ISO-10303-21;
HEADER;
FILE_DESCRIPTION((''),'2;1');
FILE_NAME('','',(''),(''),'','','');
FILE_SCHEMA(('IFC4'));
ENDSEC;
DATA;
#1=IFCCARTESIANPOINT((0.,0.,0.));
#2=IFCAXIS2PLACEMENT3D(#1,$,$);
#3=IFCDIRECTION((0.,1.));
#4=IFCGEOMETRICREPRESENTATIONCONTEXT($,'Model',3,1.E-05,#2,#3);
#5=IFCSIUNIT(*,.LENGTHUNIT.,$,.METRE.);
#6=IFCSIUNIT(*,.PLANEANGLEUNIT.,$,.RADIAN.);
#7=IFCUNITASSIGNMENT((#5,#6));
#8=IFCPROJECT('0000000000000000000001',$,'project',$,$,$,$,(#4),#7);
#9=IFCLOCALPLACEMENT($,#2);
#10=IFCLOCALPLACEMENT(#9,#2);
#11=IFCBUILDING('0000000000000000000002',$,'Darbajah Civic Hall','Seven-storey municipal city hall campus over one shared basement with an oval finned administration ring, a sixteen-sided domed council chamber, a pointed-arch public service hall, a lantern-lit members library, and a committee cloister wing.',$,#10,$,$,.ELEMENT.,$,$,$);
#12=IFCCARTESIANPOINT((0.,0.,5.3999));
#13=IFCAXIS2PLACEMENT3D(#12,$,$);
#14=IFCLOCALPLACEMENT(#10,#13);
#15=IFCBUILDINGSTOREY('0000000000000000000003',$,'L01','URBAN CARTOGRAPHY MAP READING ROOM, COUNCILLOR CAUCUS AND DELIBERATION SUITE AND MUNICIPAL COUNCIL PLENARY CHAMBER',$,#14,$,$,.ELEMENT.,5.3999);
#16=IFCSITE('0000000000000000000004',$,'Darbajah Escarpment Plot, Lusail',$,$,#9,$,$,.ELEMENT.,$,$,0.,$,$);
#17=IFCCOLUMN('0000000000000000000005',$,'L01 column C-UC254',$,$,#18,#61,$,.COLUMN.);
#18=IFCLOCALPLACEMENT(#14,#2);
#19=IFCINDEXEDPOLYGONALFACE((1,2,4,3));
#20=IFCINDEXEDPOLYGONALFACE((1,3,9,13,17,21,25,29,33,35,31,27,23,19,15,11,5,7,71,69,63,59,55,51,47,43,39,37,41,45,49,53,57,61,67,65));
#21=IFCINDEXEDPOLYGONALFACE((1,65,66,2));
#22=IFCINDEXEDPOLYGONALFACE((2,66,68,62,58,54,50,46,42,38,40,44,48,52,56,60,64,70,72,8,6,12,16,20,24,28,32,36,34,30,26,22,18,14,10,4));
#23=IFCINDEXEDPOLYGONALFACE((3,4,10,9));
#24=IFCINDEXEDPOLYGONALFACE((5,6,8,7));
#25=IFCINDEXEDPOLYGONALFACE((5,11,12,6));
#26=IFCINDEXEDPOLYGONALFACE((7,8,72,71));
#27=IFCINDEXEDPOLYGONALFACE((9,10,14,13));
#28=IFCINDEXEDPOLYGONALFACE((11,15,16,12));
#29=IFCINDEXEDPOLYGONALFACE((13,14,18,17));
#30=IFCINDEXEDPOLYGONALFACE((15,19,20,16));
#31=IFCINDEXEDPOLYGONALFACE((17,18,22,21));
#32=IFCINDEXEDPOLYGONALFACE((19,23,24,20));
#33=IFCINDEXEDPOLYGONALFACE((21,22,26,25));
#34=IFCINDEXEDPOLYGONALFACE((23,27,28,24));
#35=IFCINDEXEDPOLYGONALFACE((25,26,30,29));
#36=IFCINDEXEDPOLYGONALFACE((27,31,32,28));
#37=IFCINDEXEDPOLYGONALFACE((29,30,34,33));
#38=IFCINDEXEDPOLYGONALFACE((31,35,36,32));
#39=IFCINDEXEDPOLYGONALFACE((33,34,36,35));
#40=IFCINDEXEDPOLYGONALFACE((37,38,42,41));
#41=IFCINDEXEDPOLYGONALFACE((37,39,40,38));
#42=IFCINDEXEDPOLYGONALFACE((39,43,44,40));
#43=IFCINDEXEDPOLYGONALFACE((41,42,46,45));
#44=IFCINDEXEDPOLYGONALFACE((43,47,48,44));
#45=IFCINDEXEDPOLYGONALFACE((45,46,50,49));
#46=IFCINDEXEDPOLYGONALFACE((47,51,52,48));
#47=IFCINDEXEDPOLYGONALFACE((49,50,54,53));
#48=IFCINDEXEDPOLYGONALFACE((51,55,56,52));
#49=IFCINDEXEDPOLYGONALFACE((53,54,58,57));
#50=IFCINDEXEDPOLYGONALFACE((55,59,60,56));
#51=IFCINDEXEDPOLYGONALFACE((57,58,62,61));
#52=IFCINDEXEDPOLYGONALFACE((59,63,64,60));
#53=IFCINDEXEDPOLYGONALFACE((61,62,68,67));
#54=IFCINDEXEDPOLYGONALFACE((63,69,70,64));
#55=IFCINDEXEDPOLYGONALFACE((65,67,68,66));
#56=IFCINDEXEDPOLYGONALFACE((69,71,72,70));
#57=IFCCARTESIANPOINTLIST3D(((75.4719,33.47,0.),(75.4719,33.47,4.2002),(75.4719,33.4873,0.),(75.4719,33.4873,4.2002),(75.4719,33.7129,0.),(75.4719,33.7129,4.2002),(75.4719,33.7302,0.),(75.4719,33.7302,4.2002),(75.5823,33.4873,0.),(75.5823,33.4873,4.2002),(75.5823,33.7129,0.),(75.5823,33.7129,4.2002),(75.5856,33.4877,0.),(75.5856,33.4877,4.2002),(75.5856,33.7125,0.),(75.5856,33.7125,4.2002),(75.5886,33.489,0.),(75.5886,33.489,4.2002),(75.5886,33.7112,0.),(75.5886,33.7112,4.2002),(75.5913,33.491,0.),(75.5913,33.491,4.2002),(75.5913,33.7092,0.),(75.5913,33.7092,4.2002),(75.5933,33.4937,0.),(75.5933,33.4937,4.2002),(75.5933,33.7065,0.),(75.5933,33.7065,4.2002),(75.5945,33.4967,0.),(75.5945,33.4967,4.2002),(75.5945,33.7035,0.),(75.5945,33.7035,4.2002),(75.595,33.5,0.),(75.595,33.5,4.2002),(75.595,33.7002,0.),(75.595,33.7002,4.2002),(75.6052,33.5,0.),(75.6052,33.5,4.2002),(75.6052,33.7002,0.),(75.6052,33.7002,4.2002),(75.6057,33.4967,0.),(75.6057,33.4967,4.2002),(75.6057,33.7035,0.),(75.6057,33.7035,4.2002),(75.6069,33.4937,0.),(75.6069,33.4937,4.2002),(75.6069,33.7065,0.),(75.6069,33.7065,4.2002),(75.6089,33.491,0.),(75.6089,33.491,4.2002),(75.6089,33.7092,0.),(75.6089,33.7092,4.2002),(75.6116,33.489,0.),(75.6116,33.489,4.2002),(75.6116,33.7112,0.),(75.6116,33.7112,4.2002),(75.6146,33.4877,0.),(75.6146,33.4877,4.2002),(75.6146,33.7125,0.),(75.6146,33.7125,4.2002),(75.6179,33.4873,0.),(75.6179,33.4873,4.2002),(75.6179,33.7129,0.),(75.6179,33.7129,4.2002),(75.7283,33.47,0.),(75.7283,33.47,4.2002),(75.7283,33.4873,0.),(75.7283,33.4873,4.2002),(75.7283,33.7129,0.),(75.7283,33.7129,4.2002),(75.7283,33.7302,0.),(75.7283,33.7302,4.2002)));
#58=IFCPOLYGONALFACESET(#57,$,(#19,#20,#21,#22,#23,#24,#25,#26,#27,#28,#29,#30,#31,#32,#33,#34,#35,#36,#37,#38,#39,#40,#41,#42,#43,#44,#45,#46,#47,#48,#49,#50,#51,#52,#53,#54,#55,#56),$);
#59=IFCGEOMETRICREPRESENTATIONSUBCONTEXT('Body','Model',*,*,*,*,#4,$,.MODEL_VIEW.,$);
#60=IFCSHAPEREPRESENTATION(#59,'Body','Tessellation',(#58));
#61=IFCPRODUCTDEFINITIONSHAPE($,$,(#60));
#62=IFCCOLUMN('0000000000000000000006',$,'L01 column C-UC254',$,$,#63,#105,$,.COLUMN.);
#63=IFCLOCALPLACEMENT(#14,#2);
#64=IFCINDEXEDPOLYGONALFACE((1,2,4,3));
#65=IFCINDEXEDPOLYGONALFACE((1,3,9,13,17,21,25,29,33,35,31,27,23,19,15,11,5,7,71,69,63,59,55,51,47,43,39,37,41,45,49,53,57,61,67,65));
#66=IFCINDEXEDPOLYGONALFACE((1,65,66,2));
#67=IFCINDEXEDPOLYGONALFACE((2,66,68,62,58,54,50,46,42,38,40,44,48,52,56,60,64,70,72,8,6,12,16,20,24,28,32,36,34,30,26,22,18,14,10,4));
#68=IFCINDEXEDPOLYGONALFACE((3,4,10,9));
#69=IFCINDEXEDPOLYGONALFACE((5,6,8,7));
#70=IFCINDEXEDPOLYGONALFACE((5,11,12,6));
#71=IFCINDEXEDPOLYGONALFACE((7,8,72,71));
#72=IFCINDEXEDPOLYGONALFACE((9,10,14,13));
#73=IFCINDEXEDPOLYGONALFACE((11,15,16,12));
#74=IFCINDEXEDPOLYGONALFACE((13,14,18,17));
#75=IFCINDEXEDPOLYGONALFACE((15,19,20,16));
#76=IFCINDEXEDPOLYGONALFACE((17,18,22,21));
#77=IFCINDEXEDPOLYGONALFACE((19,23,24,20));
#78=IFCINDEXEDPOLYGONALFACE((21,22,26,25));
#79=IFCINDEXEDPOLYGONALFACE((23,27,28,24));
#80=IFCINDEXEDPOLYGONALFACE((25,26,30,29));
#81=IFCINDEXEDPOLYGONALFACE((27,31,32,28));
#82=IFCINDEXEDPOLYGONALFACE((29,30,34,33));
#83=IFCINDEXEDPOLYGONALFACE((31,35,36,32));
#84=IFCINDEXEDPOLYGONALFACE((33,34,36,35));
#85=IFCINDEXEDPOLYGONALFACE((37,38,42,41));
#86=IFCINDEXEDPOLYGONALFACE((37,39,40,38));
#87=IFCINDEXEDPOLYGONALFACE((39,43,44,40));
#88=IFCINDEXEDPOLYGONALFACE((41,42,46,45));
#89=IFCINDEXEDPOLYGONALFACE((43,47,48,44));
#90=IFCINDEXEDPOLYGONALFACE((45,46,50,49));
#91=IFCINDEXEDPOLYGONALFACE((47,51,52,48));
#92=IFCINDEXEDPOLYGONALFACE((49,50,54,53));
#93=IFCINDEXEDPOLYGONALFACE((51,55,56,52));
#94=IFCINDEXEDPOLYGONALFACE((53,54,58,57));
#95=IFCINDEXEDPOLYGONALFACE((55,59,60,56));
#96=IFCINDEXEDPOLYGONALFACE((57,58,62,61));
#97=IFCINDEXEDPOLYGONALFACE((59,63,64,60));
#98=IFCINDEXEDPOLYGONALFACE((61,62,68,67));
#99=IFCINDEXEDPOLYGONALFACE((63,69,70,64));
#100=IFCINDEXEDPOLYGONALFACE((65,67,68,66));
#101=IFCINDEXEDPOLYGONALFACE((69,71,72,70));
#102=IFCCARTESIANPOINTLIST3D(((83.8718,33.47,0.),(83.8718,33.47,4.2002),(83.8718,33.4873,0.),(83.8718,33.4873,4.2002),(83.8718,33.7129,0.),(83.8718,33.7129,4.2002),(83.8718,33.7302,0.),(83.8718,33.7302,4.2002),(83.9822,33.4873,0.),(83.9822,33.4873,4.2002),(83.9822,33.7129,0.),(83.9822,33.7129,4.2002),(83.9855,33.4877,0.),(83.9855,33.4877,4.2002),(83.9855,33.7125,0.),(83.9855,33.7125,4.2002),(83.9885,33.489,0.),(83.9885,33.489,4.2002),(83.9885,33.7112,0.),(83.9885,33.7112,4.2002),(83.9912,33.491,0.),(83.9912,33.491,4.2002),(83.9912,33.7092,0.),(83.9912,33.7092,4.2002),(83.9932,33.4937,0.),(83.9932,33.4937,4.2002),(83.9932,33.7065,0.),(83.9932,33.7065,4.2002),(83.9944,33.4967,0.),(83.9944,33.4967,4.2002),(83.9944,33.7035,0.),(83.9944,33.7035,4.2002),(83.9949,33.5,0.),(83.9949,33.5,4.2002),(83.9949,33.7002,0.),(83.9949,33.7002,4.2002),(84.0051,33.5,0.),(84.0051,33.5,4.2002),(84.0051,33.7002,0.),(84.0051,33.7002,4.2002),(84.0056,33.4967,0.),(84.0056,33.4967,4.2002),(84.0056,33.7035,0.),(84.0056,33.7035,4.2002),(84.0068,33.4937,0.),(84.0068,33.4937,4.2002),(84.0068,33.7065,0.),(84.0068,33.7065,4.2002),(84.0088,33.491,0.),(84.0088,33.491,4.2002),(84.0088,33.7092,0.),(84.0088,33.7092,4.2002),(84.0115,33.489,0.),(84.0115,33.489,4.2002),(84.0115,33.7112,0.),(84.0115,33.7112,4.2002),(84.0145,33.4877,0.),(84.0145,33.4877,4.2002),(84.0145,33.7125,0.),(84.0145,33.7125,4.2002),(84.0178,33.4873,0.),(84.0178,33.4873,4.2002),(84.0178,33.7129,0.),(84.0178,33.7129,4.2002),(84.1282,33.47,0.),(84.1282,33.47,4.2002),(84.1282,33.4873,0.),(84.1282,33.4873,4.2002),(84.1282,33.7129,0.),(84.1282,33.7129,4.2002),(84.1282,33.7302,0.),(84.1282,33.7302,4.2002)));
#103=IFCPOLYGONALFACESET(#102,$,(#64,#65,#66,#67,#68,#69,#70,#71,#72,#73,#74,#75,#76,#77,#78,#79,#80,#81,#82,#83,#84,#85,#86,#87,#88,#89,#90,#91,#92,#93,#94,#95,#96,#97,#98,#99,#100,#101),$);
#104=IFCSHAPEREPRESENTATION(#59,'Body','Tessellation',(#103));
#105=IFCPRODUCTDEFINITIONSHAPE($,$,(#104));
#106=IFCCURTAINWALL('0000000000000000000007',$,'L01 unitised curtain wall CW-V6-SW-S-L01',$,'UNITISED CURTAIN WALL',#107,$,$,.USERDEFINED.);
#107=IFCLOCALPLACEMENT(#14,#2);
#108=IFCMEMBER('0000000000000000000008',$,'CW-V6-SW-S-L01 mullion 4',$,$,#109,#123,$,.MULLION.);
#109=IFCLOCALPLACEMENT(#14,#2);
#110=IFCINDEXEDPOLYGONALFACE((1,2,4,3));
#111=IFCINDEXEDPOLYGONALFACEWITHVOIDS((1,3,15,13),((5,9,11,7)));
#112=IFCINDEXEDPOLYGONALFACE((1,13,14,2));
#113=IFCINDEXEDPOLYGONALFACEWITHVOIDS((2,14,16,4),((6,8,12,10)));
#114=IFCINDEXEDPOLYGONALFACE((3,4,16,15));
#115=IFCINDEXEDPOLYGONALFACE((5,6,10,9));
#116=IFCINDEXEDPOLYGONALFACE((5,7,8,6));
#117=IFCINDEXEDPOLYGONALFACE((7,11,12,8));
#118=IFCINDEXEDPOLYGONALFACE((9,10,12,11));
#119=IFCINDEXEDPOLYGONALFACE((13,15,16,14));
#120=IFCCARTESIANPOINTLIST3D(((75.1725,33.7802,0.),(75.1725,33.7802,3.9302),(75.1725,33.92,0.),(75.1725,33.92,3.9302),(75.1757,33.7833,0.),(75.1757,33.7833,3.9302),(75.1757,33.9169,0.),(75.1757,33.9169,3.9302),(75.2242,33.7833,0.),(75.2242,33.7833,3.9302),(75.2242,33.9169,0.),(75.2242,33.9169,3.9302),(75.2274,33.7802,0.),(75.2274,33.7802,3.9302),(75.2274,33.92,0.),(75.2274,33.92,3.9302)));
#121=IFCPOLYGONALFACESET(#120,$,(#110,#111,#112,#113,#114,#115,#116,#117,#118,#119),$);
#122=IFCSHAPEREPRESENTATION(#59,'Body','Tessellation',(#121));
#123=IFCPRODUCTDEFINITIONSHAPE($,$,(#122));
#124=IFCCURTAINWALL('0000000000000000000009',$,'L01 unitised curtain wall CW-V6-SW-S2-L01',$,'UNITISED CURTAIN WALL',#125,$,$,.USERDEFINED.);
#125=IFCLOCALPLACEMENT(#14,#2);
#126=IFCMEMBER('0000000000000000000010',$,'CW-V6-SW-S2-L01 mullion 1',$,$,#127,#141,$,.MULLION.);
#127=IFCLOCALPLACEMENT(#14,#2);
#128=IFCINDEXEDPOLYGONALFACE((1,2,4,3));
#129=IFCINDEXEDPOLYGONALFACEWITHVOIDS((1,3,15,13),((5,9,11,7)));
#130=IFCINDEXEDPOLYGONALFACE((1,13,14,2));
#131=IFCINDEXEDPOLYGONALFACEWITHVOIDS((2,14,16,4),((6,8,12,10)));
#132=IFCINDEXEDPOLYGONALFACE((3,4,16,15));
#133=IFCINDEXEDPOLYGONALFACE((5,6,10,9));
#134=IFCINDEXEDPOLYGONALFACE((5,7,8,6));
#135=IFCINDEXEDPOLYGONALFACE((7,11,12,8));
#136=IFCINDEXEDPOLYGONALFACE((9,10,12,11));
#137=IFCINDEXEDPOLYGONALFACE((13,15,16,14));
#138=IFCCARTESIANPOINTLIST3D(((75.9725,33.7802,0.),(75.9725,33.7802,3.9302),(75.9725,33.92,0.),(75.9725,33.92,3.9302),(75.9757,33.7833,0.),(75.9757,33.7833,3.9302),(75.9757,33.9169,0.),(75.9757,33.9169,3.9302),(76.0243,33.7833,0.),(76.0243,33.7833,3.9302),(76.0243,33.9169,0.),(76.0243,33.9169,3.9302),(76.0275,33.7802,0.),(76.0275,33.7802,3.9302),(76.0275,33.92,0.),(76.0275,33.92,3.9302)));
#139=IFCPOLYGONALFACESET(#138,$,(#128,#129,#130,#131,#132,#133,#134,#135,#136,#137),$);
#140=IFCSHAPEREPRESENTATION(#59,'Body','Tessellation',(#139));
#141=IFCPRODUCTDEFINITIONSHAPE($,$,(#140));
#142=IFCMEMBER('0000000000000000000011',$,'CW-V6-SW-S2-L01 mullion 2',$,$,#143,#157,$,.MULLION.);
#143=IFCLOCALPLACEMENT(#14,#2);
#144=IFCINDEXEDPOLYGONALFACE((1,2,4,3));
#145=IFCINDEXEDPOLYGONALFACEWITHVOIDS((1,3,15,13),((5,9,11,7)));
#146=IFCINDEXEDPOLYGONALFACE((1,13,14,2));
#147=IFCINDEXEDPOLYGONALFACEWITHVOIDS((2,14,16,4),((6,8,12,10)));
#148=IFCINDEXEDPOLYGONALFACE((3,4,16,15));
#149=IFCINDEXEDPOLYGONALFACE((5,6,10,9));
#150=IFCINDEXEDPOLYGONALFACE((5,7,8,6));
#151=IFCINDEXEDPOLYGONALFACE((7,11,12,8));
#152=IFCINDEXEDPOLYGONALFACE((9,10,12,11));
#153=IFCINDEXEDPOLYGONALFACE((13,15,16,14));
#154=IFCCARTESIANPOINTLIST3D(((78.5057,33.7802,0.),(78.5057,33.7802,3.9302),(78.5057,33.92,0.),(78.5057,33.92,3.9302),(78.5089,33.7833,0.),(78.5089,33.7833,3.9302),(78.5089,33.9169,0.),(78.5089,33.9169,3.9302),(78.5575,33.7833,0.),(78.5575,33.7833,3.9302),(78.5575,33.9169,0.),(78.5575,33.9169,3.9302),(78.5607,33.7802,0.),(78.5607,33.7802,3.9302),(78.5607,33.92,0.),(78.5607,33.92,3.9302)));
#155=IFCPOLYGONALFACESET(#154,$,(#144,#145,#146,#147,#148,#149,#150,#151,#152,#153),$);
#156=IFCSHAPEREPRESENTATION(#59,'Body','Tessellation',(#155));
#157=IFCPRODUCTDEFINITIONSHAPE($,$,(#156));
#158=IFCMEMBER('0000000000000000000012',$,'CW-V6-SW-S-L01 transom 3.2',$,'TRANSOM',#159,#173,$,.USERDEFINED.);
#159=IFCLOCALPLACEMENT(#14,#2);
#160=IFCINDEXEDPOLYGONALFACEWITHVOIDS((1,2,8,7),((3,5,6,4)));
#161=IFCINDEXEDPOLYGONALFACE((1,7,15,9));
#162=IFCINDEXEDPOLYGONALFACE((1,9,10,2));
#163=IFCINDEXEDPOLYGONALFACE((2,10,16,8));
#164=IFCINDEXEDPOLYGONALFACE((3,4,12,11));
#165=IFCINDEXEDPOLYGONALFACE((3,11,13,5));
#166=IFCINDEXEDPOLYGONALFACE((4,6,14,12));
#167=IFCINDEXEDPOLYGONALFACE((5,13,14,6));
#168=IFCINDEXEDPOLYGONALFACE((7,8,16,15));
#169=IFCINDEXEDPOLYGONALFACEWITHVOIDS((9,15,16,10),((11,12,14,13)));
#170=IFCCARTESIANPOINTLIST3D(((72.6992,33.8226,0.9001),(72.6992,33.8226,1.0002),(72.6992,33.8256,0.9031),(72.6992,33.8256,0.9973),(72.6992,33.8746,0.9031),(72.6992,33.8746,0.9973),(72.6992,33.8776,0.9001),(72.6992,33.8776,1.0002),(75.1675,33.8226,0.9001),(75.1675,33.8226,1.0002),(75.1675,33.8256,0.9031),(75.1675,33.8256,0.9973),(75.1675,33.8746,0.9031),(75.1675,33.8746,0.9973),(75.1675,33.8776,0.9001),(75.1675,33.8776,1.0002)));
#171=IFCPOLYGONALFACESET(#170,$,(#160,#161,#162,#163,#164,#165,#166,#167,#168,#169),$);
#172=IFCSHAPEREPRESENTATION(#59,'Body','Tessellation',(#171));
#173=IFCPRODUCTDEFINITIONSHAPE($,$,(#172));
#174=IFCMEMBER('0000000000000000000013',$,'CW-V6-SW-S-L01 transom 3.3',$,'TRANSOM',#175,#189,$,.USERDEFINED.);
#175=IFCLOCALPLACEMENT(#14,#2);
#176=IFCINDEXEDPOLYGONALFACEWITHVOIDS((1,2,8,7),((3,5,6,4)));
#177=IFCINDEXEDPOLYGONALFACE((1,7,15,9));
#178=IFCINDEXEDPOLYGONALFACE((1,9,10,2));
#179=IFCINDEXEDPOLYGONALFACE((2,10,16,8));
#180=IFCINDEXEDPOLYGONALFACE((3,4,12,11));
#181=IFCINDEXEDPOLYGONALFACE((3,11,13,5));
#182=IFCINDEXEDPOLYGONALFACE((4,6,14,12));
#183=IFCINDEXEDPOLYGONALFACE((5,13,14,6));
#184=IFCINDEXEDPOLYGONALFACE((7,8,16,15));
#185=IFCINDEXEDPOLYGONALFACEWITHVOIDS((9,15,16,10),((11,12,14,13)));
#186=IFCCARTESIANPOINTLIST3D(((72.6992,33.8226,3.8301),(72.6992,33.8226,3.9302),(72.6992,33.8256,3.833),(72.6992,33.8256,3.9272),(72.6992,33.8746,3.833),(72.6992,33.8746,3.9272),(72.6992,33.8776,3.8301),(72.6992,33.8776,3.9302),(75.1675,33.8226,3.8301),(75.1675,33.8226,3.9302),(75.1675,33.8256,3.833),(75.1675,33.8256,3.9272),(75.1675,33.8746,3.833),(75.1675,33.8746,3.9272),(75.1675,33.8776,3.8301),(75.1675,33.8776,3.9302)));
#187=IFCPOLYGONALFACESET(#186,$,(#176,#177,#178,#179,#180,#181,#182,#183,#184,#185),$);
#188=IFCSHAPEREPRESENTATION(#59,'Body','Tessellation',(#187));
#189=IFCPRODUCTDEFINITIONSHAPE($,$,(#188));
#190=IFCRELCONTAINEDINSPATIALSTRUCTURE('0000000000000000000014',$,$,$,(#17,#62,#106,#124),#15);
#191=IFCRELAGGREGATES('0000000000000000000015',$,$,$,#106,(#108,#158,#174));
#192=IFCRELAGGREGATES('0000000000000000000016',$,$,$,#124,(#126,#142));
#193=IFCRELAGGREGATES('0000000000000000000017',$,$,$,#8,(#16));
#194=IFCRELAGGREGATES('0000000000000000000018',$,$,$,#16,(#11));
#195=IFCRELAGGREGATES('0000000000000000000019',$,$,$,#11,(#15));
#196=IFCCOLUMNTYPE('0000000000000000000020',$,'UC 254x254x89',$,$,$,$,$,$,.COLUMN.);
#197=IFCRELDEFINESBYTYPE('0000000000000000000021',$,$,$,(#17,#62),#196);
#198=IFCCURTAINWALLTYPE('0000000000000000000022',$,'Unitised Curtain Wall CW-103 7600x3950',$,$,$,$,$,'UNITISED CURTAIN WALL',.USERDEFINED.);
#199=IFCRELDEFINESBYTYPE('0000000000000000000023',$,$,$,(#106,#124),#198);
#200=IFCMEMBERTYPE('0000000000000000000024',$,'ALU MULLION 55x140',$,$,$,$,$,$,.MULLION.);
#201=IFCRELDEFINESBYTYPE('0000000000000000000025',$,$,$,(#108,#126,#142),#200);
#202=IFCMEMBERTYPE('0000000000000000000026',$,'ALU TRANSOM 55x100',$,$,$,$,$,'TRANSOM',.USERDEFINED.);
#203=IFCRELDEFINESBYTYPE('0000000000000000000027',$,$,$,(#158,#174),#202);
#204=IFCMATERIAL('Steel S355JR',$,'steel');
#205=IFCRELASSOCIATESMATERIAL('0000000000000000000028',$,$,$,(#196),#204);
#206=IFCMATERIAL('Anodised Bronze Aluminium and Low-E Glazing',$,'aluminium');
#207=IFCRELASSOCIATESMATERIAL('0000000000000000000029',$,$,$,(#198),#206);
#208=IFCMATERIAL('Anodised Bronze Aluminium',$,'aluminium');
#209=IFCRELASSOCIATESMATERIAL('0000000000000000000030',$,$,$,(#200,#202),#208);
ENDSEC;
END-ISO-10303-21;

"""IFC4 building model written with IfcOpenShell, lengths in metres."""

from ifc_helpers import new_model, si_unit, direction, frame, origin, origin_2d, place, context, subcontext, project, spatial, hollow_rectangle, i_section, extrude, material, material_profile, profile_set, type_object, element, aggregate, save


model = new_model("IFC4")

# Units and contexts
model_context = context("Model", 3, precision=1e-05, world=origin(), true_north=direction((0.0, 1.0)))
body_context = subcontext(model_context, "Body", "Model", "MODEL_VIEW")
ifc_project = project(units=[si_unit("LENGTHUNIT", "METRE"), si_unit("PLANEANGLEUNIT", "RADIAN")], contexts=[model_context])

# Site, building, storey
site_placement = place(None, origin())
site = spatial("IfcSite", under=ifc_project, at=site_placement, Name="Darbajah Escarpment Plot, Lusail", CompositionType="ELEMENT", RefElevation=0.0)
building_placement = place(site_placement, origin())
building = spatial("IfcBuilding", under=site, at=building_placement, Name="Darbajah Civic Hall", Description="Seven-storey municipal city hall campus over one shared basement with an oval finned administration ring, a sixteen-sided domed council chamber, a pointed-arch public service hall, a lantern-lit members library, and a committee cloister wing.", CompositionType="ELEMENT")
storey_placement = place(building_placement, frame((0.0, 0.0, 5.3999)))
storey = spatial("IfcBuildingStorey", under=building, at=storey_placement, Name="L01", Description="URBAN CARTOGRAPHY MAP READING ROOM, COUNCILLOR CAUCUS AND DELIBERATION SUITE AND MUNICIPAL COUNCIL PLENARY CHAMBER", CompositionType="ELEMENT", Elevation=5.3999)

# Columns
ifc_material_1 = material(Name="Steel S355JR", Category="steel")
ifc_material_profile_1 = material_profile(ifc_material_1, i_section(OverallWidth=0.2563, OverallDepth=0.2603, WebThickness=0.0103, FlangeThickness=0.0173, FilletRadius=0.0127, at=origin_2d()), Name="UC 254x254x89")
ifc_profile_set_1 = profile_set([ifc_material_profile_1], Name="Steel S355JR")
column_type = type_object("IfcColumnType", Name="UC 254x254x89", PredefinedType="COLUMN", material=ifc_profile_set_1)
for number, where, z_axis, x_axis, name in (
    (1, (75.6001, 33.6001, 0.0), (0.0, 0.0, 1.0), (1.0, 0.0, 0.0), "L01 column C-UC254"),
    (2, (84.0, 33.6001, 0.0), (0.0, 0.0, 1.0), (1.0, 0.0, 0.0), "L01 column C-UC254"),
):
    element("IfcColumn", number, at=place(storey_placement, frame(where, z_axis=z_axis, x_axis=x_axis)), inside=storey, type_object=column_type, Name=name, PredefinedType="COLUMN", context=body_context, shape_type="SweptSolid", body=[
        extrude(i_section(OverallWidth=0.2563, OverallDepth=0.2603, WebThickness=0.0103, FlangeThickness=0.0173, FilletRadius=0.0127, at=origin_2d()), origin(), (0.0, 0.0, 1.0), 4.2002),
    ])

# Curtain wall, member
ifc_material_2 = material(Name="Anodised Bronze Aluminium and Low-E Glazing", Category="aluminium")
curtain_wall_type = type_object("IfcCurtainWallType", Name="Unitised Curtain Wall CW-103 7600x3950", ElementType="UNITISED CURTAIN WALL", PredefinedType="USERDEFINED", material=ifc_material_2)
curtain_wall_1_placement = place(storey_placement, origin())
curtain_wall_1 = element("IfcCurtainWall", 3, at=curtain_wall_1_placement, inside=storey, type_object=curtain_wall_type, Name="L01 unitised curtain wall CW-V6-SW-S-L01", ObjectType="UNITISED CURTAIN WALL", PredefinedType="USERDEFINED")
ifc_material_3 = material(Name="Anodised Bronze Aluminium", Category="aluminium")
ifc_material_profile_2 = material_profile(ifc_material_3, hollow_rectangle(XDim=0.0549, YDim=0.1399, WallThickness=0.0032, at=origin_2d()), Name="ALU MULLION 55x140")
ifc_profile_set_2 = profile_set([ifc_material_profile_2], Name="Anodised Bronze Aluminium")
member_type_1 = type_object("IfcMemberType", Name="ALU MULLION 55x140", PredefinedType="MULLION", material=ifc_profile_set_2)
member_1_placement = place(storey_placement, frame((75.2, 33.8501, 0.0), z_axis=(0.0, 0.0, 1.0), x_axis=(1.0, 0.0, 0.0)))
member_1 = element("IfcMember", 4, at=member_1_placement, type_object=member_type_1, Name="CW-V6-SW-S-L01 mullion 4", PredefinedType="MULLION", context=body_context, shape_type="SweptSolid", body=[
    extrude(hollow_rectangle(XDim=0.0549, YDim=0.1399, WallThickness=0.0032, at=origin_2d()), origin(), (0.0, 0.0, 1.0), 3.9302),
])

# Curtain wall, members
curtain_wall_2_placement = place(storey_placement, origin())
curtain_wall_2 = element("IfcCurtainWall", 5, at=curtain_wall_2_placement, inside=storey, type_object=curtain_wall_type, Name="L01 unitised curtain wall CW-V6-SW-S2-L01", ObjectType="UNITISED CURTAIN WALL", PredefinedType="USERDEFINED")
member_2_placement = place(storey_placement, frame((76.0, 33.8501, 0.0), z_axis=(0.0, 0.0, 1.0), x_axis=(1.0, 0.0, 0.0)))
member_2 = element("IfcMember", 6, at=member_2_placement, type_object=member_type_1, Name="CW-V6-SW-S2-L01 mullion 1", PredefinedType="MULLION", context=body_context, shape_type="SweptSolid", body=[
    extrude(hollow_rectangle(XDim=0.0549, YDim=0.1399, WallThickness=0.0032, at=origin_2d()), origin(), (0.0, 0.0, 1.0), 3.9302),
])
member_3_placement = place(storey_placement, frame((78.5332, 33.8501, 0.0), z_axis=(0.0, 0.0, 1.0), x_axis=(1.0, 0.0, 0.0)))
member_3 = element("IfcMember", 7, at=member_3_placement, type_object=member_type_1, Name="CW-V6-SW-S2-L01 mullion 2", PredefinedType="MULLION", context=body_context, shape_type="SweptSolid", body=[
    extrude(hollow_rectangle(XDim=0.0549, YDim=0.1399, WallThickness=0.0032, at=origin_2d()), origin(), (0.0, 0.0, 1.0), 3.9302),
])

# Members
ifc_material_profile_3 = material_profile(ifc_material_3, hollow_rectangle(XDim=0.0549, YDim=0.1001, WallThickness=0.0029, at=origin_2d()), Name="ALU TRANSOM 55x100")
ifc_profile_set_3 = profile_set([ifc_material_profile_3], Name="Anodised Bronze Aluminium")
member_type_2 = type_object("IfcMemberType", Name="ALU TRANSOM 55x100", ElementType="TRANSOM", PredefinedType="USERDEFINED", material=ifc_profile_set_3)
member_4_placement = place(storey_placement, frame((72.6992, 33.8501, 0.9502), z_axis=(1.0, 0.0, 0.0), x_axis=(0.0, 1.0, 0.0)))
member_4 = element("IfcMember", 8, at=member_4_placement, type_object=member_type_2, Name="CW-V6-SW-S-L01 transom 3.2", ObjectType="TRANSOM", PredefinedType="USERDEFINED", context=body_context, shape_type="SweptSolid", body=[
    extrude(hollow_rectangle(XDim=0.0549, YDim=0.1001, WallThickness=0.0029, at=origin_2d()), origin(), (0.0, 0.0, 1.0), 2.4683),
])
member_5_placement = place(storey_placement, frame((72.6992, 33.8501, 3.8801), z_axis=(1.0, 0.0, 0.0), x_axis=(0.0, 1.0, 0.0)))
member_5 = element("IfcMember", 9, at=member_5_placement, type_object=member_type_2, Name="CW-V6-SW-S-L01 transom 3.3", ObjectType="TRANSOM", PredefinedType="USERDEFINED", context=body_context, shape_type="SweptSolid", body=[
    extrude(hollow_rectangle(XDim=0.0549, YDim=0.1001, WallThickness=0.0029, at=origin_2d()), origin(), (0.0, 0.0, 1.0), 2.4683),
])

aggregate(curtain_wall_1, [member_1, member_4, member_5])
aggregate(curtain_wall_2, [member_2, member_3])

save(model, "model.ifc")
